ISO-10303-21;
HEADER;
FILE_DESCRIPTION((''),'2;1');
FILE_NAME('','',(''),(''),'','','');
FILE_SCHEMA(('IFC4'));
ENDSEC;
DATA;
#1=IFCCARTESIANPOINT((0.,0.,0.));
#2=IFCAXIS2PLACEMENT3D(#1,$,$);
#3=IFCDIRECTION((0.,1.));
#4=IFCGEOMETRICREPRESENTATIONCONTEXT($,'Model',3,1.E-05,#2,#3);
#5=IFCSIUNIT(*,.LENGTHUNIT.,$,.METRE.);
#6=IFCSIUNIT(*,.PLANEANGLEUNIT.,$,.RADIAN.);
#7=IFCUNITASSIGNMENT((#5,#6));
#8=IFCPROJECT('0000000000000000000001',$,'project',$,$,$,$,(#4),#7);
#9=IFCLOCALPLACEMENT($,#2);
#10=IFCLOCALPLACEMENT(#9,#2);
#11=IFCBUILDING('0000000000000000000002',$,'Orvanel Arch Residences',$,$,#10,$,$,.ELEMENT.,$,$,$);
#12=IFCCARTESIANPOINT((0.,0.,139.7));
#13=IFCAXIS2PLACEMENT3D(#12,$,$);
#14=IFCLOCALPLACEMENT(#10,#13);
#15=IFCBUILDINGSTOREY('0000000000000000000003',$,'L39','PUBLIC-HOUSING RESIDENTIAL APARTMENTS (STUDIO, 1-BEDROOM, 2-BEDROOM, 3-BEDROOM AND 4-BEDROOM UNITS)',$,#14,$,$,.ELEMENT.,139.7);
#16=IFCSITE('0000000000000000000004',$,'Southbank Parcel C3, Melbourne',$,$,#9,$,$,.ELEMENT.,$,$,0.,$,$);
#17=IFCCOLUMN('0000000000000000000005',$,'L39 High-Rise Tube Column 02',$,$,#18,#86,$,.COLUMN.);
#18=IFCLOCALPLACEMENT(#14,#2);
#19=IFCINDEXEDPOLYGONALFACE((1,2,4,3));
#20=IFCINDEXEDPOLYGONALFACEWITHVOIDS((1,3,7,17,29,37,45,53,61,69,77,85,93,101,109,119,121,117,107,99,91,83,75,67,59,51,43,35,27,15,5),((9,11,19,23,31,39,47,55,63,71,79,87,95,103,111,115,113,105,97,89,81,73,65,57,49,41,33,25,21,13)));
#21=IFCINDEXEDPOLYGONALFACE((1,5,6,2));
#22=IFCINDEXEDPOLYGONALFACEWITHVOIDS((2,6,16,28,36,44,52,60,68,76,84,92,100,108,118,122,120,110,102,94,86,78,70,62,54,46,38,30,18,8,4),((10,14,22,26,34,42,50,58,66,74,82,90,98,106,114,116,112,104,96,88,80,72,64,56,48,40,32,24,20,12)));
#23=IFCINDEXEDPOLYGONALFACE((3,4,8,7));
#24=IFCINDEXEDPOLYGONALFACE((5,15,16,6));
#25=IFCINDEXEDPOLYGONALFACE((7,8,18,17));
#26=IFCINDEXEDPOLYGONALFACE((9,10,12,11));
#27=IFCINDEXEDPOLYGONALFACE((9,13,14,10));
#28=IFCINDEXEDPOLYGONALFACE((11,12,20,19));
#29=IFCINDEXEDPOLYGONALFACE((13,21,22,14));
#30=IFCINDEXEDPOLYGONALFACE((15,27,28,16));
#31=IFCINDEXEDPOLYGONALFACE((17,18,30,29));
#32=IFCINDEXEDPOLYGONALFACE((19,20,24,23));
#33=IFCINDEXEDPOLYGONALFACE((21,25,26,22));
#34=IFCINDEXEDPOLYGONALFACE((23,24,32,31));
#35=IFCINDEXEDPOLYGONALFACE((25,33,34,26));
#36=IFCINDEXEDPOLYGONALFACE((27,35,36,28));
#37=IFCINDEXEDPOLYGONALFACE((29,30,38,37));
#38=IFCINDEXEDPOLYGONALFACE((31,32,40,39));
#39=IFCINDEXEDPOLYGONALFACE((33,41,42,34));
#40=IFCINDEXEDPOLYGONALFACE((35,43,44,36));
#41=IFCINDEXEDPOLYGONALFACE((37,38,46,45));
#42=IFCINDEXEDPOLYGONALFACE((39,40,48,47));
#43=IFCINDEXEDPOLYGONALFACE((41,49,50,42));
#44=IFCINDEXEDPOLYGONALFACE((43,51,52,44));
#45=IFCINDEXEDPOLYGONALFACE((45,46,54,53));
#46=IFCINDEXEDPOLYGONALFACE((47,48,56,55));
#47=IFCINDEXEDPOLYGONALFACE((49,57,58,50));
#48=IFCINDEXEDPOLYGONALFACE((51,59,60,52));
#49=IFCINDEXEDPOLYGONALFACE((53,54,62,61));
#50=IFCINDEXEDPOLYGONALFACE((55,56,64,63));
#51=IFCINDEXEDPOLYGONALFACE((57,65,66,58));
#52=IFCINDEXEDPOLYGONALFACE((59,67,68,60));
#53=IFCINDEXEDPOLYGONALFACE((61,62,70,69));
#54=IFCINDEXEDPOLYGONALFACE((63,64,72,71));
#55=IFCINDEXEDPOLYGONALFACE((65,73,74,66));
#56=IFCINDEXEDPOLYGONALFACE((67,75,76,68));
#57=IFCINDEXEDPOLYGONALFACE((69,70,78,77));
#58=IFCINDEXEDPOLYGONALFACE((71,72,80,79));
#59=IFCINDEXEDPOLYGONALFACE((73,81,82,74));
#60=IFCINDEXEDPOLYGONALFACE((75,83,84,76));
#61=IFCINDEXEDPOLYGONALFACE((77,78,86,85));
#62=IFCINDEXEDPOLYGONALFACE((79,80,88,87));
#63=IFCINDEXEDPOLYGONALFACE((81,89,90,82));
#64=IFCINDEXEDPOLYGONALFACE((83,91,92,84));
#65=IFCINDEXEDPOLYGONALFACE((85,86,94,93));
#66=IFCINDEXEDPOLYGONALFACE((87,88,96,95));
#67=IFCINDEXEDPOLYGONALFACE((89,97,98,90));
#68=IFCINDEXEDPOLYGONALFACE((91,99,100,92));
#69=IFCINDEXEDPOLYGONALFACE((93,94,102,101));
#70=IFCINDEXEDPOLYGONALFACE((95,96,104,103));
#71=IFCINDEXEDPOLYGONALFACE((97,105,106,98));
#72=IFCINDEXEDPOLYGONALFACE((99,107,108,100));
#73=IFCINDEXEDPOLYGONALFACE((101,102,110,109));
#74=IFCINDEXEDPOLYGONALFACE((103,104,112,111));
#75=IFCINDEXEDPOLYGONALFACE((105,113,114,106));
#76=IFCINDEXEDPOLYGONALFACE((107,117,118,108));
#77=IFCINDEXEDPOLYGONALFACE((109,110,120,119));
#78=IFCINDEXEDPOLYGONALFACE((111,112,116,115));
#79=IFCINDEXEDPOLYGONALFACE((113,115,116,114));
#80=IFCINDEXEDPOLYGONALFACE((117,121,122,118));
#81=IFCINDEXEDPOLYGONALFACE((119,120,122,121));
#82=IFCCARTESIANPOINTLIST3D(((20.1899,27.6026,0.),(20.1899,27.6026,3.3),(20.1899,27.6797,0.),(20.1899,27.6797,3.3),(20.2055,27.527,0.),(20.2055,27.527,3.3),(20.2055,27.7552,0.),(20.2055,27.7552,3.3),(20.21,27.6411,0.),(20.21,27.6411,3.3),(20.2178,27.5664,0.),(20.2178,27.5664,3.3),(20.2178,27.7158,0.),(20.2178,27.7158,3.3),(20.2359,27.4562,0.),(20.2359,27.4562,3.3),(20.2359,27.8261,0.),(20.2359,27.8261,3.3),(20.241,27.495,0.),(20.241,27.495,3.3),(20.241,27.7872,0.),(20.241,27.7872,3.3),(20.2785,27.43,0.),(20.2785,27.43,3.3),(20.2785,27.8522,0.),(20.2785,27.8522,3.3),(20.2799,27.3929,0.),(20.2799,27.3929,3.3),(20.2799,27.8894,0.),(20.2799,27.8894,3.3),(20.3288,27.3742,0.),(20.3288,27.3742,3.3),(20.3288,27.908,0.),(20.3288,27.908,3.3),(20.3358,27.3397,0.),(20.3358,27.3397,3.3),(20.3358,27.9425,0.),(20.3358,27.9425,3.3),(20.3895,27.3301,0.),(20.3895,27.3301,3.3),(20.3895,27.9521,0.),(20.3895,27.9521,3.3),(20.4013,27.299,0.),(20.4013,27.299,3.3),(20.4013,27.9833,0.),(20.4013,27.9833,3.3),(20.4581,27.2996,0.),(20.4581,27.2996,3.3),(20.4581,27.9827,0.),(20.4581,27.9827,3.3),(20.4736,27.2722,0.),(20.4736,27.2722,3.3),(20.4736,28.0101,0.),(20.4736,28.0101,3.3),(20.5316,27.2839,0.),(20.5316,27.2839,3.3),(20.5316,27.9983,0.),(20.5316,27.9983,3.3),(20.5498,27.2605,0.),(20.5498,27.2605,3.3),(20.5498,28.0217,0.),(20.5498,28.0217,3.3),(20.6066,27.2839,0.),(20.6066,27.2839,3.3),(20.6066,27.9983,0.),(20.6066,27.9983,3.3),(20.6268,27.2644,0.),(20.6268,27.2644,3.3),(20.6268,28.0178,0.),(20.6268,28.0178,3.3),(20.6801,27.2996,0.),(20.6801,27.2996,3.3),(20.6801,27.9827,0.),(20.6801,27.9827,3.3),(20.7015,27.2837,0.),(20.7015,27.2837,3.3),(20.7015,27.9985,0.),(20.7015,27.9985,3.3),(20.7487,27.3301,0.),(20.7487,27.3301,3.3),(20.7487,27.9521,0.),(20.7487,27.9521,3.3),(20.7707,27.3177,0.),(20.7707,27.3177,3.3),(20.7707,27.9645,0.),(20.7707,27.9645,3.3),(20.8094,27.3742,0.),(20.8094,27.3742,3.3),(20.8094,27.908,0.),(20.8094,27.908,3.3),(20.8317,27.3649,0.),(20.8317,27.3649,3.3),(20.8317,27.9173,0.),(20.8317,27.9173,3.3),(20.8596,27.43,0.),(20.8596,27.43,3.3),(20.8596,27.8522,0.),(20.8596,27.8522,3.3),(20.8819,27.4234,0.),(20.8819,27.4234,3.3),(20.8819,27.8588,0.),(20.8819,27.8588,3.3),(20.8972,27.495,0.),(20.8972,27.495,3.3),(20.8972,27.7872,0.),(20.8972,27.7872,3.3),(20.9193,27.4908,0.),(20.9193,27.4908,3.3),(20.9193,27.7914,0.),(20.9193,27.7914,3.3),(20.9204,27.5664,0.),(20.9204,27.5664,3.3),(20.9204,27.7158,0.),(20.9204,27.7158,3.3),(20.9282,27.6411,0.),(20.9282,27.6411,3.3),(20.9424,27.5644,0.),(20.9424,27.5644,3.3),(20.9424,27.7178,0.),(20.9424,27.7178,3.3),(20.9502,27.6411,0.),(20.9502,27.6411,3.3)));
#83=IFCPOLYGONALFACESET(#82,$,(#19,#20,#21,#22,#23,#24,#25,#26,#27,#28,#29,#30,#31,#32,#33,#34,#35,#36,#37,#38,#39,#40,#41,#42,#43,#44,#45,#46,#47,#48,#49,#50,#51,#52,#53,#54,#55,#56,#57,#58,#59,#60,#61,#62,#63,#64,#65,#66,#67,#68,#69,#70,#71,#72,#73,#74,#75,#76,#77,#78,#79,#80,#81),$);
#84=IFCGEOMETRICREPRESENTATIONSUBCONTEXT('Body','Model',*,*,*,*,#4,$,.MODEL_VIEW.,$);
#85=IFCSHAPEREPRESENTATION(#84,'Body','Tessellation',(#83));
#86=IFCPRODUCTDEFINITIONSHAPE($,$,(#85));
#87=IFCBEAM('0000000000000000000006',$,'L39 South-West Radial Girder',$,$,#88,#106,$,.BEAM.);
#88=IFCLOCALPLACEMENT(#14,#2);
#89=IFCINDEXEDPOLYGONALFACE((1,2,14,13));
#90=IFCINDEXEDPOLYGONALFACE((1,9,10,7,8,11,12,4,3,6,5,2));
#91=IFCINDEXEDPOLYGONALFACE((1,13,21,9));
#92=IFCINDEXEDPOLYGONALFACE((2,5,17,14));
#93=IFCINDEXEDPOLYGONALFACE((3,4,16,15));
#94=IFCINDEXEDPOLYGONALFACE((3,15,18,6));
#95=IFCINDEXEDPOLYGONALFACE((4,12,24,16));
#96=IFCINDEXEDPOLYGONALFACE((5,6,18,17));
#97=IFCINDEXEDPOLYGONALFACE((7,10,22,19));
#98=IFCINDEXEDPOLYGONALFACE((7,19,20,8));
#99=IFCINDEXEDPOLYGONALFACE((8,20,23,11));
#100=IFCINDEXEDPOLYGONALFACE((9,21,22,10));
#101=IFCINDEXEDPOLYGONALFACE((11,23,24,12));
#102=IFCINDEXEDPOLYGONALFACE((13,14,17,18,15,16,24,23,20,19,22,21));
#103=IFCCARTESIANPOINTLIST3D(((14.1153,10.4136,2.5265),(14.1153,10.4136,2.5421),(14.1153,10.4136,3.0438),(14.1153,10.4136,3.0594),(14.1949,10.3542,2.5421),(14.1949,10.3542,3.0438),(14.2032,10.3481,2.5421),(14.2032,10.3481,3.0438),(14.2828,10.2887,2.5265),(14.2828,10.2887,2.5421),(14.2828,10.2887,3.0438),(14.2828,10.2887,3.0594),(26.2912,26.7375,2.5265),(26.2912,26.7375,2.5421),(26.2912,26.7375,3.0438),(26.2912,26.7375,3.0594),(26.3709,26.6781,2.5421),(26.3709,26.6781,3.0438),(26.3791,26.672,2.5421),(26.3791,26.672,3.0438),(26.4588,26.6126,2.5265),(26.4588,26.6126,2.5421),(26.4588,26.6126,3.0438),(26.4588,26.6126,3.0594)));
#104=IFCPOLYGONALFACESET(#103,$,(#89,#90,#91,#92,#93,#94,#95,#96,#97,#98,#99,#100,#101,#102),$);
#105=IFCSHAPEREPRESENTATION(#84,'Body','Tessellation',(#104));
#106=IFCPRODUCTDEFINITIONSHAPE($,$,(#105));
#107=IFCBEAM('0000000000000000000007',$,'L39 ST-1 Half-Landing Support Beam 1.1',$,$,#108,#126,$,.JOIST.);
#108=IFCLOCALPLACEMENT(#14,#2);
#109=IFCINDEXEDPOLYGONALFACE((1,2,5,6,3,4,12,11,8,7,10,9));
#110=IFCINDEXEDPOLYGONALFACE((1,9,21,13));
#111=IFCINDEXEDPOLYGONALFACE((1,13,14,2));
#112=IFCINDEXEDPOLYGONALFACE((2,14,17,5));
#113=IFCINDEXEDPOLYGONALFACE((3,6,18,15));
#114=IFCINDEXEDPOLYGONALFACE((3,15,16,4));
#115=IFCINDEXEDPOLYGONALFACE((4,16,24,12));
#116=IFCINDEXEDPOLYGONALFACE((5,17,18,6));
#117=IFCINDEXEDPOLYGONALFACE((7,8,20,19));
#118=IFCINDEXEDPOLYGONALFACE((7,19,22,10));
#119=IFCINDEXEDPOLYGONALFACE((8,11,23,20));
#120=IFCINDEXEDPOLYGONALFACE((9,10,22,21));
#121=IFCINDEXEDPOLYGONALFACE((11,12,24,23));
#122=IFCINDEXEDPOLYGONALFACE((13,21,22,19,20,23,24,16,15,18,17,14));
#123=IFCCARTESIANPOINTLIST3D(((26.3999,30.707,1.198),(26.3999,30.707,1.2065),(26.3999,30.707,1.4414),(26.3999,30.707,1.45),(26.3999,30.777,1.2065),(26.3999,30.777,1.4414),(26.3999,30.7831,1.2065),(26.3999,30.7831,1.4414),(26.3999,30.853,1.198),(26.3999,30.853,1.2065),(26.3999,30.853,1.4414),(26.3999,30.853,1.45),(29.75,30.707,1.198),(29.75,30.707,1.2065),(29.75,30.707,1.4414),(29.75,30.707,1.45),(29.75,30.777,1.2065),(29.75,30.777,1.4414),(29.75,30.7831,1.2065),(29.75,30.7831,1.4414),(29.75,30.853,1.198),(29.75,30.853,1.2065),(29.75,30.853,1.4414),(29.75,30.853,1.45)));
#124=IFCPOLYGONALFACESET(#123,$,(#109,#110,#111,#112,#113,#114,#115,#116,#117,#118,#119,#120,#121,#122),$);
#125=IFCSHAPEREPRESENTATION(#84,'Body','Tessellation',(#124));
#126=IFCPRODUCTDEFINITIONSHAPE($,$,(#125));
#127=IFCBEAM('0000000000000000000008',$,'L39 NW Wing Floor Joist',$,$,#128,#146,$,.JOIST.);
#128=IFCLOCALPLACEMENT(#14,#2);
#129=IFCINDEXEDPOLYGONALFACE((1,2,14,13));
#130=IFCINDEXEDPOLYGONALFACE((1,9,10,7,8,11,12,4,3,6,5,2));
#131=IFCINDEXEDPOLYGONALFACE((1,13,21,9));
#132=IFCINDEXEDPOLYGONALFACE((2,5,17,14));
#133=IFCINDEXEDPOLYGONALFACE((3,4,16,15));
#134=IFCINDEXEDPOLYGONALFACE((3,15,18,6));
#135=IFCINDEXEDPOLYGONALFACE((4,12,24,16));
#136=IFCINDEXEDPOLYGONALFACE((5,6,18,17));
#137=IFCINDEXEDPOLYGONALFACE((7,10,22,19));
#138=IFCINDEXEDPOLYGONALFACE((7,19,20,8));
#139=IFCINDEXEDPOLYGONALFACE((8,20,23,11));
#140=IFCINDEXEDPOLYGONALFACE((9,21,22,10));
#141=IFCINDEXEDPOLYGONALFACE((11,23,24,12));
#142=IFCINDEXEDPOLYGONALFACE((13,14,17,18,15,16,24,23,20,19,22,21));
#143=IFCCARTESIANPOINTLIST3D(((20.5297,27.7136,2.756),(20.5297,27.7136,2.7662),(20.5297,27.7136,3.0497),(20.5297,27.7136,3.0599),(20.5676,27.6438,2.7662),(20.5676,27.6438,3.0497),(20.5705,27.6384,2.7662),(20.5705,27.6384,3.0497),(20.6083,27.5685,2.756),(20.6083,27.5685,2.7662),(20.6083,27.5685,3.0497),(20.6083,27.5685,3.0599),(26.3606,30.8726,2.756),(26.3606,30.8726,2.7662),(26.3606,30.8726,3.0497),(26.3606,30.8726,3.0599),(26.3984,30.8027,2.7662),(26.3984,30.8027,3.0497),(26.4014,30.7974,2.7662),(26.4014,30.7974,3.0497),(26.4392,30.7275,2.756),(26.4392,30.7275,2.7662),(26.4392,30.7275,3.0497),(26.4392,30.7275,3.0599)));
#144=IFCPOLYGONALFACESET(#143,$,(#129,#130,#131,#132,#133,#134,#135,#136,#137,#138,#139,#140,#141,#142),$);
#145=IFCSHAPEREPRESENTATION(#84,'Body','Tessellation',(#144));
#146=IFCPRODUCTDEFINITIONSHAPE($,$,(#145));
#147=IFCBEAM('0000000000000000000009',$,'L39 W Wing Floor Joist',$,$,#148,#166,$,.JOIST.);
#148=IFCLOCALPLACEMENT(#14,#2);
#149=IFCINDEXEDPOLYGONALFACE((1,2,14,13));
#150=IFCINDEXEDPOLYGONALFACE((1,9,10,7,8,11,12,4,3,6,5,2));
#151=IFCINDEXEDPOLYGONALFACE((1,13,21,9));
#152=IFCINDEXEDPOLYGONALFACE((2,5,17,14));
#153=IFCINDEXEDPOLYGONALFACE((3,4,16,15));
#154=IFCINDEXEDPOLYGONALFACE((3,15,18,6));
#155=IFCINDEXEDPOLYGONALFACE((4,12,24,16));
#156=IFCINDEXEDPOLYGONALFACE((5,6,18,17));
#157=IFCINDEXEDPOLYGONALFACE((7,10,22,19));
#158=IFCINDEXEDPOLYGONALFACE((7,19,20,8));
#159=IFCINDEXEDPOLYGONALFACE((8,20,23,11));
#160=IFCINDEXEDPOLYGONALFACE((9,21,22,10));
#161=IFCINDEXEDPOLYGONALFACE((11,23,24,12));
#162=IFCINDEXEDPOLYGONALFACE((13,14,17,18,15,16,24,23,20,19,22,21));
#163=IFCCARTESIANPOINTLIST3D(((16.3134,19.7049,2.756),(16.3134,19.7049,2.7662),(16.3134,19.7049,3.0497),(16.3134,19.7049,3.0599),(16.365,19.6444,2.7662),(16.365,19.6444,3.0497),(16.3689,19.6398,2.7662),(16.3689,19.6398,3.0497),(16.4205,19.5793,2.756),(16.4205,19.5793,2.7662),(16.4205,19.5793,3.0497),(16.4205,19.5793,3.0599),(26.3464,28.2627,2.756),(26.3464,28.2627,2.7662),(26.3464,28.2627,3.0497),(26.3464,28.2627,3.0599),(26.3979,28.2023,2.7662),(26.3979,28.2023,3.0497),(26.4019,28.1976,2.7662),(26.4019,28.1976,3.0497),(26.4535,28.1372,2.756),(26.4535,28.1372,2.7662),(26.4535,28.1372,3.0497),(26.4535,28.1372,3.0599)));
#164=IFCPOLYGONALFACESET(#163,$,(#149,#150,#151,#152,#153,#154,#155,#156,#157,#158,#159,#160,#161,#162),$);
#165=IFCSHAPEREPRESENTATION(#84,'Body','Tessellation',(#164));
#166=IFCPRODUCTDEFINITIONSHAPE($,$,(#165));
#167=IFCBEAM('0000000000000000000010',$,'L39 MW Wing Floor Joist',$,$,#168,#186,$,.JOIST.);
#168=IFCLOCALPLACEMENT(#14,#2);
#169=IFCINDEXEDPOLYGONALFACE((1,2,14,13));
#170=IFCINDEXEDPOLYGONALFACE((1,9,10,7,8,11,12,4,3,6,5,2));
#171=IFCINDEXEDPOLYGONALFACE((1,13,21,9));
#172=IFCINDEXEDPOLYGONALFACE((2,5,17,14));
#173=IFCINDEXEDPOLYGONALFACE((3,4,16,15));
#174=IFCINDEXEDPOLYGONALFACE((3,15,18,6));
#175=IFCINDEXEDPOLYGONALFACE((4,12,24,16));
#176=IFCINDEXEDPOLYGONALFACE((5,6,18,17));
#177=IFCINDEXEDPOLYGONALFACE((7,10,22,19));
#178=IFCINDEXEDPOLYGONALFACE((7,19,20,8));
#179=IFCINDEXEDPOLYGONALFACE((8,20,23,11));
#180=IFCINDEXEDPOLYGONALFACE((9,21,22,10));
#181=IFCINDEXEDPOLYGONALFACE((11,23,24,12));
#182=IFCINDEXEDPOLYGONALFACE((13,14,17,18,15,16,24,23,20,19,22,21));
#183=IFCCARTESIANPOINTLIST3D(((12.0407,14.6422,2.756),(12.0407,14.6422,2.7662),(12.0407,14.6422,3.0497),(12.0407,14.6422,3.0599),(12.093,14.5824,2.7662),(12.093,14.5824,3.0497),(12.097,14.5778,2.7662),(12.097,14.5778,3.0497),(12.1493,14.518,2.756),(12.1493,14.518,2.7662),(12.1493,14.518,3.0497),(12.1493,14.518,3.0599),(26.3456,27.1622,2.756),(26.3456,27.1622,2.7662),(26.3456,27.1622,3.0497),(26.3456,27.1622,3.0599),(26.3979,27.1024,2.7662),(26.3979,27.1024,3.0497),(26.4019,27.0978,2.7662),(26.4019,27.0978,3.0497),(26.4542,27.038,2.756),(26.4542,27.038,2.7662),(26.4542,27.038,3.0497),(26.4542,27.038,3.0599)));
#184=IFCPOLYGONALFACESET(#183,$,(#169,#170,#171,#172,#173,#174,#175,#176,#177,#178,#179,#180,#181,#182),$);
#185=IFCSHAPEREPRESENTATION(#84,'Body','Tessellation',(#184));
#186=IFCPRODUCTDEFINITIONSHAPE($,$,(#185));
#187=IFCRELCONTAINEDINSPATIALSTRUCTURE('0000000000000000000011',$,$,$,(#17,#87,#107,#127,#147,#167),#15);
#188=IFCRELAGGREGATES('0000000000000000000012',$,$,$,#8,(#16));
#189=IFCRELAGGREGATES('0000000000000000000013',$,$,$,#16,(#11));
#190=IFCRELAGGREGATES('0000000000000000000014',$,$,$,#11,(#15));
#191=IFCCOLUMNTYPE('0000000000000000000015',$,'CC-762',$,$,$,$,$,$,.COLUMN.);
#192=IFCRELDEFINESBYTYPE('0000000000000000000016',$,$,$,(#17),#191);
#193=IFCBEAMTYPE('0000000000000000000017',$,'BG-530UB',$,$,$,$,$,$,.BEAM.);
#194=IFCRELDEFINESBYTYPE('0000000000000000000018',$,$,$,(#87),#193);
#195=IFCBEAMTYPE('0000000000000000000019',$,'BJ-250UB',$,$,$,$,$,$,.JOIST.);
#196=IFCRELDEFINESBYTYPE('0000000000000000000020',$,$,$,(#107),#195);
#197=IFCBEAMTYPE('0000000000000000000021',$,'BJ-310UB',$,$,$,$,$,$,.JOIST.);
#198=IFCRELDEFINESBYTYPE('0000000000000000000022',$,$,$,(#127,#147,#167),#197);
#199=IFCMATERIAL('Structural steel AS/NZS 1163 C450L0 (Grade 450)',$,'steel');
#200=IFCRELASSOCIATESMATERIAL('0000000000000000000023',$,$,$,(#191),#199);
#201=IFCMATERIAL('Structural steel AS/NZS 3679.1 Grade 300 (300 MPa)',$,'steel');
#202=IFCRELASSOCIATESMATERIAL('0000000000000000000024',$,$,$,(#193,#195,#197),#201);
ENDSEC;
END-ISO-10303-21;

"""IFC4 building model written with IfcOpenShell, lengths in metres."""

from ifc_helpers import new_model, si_unit, direction, frame, origin, origin_2d, place, context, subcontext, project, spatial, hollow_circle, i_section, extrude, material, material_profile, profile_set, type_object, element, save


model = new_model("IFC4")

# Units and contexts
model_context = context("Model", 3, precision=1e-05, world=origin(), true_north=direction((0.0, 1.0)))
body_context = subcontext(model_context, "Body", "Model", "MODEL_VIEW")
ifc_project = project(units=[si_unit("LENGTHUNIT", "METRE"), si_unit("PLANEANGLEUNIT", "RADIAN")], contexts=[model_context])

# Site, building, storey
site_placement = place(None, origin())
site = spatial("IfcSite", under=ifc_project, at=site_placement, Name="Southbank Parcel C3, Melbourne", CompositionType="ELEMENT", RefElevation=0.0)
building_placement = place(site_placement, origin())
building = spatial("IfcBuilding", under=site, at=building_placement, Name="Orvanel Arch Residences", CompositionType="ELEMENT")
storey_placement = place(building_placement, frame((0.0, 0.0, 139.7)))
storey = spatial("IfcBuildingStorey", under=building, at=storey_placement, Name="L39", Description="PUBLIC-HOUSING RESIDENTIAL APARTMENTS (STUDIO, 1-BEDROOM, 2-BEDROOM, 3-BEDROOM AND 4-BEDROOM UNITS)", CompositionType="ELEMENT", Elevation=139.7)

# Column
ifc_material_1 = material(Name="Structural steel AS/NZS 1163 C450L0 (Grade 450)", Category="steel")
ifc_material_profile_1 = material_profile(ifc_material_1, hollow_circle(Radius=0.3811, WallThickness=0.022, at=origin_2d()), Name="CHS762x22")
ifc_profile_set_1 = profile_set([ifc_material_profile_1], Name="Structural steel AS/NZS 1163 C450L0 (Grade 450)")
column_type = type_object("IfcColumnType", Name="CC-762", PredefinedType="COLUMN", material=ifc_profile_set_1)
column_placement = place(storey_placement, frame((20.5691, 27.6411, 0.0), z_axis=(0.0, 0.0, 1.0), x_axis=(1.0, 0.0, 0.0)))
element("IfcColumn", 1, at=column_placement, inside=storey, type_object=column_type, Name="L39 High-Rise Tube Column 02", PredefinedType="COLUMN", context=body_context, shape_type="SweptSolid", body=[
    extrude(hollow_circle(Radius=0.3811, WallThickness=0.022, at=origin_2d()), origin(), (0.0, 0.0, 1.0), 3.3),
])

# Beams
ifc_material_2 = material(Name="Structural steel AS/NZS 3679.1 Grade 300 (300 MPa)", Category="steel")
ifc_material_profile_2 = material_profile(ifc_material_2, i_section(OverallWidth=0.209, OverallDepth=0.533, WebThickness=0.0103, FlangeThickness=0.0156, at=origin_2d()), Name="530UB92.4")
ifc_profile_set_2 = profile_set([ifc_material_profile_2], Name="Structural steel AS/NZS 3679.1 Grade 300 (300 MPa)")
beam_type_1 = type_object("IfcBeamType", Name="BG-530UB", PredefinedType="BEAM", material=ifc_profile_set_2)
beam_1_placement = place(storey_placement, frame((26.375, 26.675, 2.793), z_axis=(-0.597894, -0.801575, 0.0), x_axis=(0.801575, -0.597894, 0.0)))
element("IfcBeam", 2, at=beam_1_placement, inside=storey, type_object=beam_type_1, Name="L39 South-West Radial Girder", PredefinedType="BEAM", context=body_context, shape_type="SweptSolid", body=[
    extrude(i_section(OverallWidth=0.209, OverallDepth=0.533, WebThickness=0.0103, FlangeThickness=0.0156, at=origin_2d()), origin(), (0.0, 0.0, 1.0), 20.3647),
])
ifc_material_profile_3 = material_profile(ifc_material_2, i_section(OverallWidth=0.146, OverallDepth=0.252, WebThickness=0.0061, FlangeThickness=0.0085, at=origin_2d()), Name="250UB31.4")
ifc_profile_set_3 = profile_set([ifc_material_profile_3], Name="Structural steel AS/NZS 3679.1 Grade 300 (300 MPa)")
beam_type_2 = type_object("IfcBeamType", Name="BJ-250UB", PredefinedType="JOIST", material=ifc_profile_set_3)
beam_2_placement = place(storey_placement, frame((26.3999, 30.78, 1.324), z_axis=(1.0, 0.0, 0.0), x_axis=(0.0, 1.0, 0.0)))
element("IfcBeam", 3, at=beam_2_placement, inside=storey, type_object=beam_type_2, Name="L39 ST-1 Half-Landing Support Beam 1.1", PredefinedType="JOIST", context=body_context, shape_type="SweptSolid", body=[
    extrude(i_section(OverallWidth=0.146, OverallDepth=0.252, WebThickness=0.0061, FlangeThickness=0.0085, at=origin_2d()), origin(), (0.0, 0.0, 1.0), 3.3501),
])
ifc_material_profile_4 = material_profile(ifc_material_2, i_section(OverallWidth=0.165, OverallDepth=0.304, WebThickness=0.0061, FlangeThickness=0.0103, at=origin_2d()), Name="310UB40.4")
ifc_profile_set_4 = profile_set([ifc_material_profile_4], Name="Structural steel AS/NZS 3679.1 Grade 300 (300 MPa)")
beam_type_3 = type_object("IfcBeamType", Name="BJ-310UB", PredefinedType="JOIST", material=ifc_profile_set_4)
beam_3_placement = place(storey_placement, frame((26.3999, 30.8, 2.908), z_axis=(-0.879255, -0.476351, 0.0), x_axis=(0.476351, -0.879255, 0.0)))
element("IfcBeam", 4, at=beam_3_placement, inside=storey, type_object=beam_type_3, Name="L39 NW Wing Floor Joist", PredefinedType="JOIST", context=body_context, shape_type="SweptSolid", body=[
    extrude(i_section(OverallWidth=0.165, OverallDepth=0.304, WebThickness=0.0061, FlangeThickness=0.0103, at=origin_2d()), origin(), (0.0, 0.0, 1.0), 6.6316),
])
beam_4_placement = place(storey_placement, frame((26.3999, 28.2, 2.908), z_axis=(-0.760821, -0.648961, 0.0), x_axis=(0.648961, -0.760821, 0.0)))
element("IfcBeam", 5, at=beam_4_placement, inside=storey, type_object=beam_type_3, Name="L39 W Wing Floor Joist", PredefinedType="JOIST", context=body_context, shape_type="SweptSolid", body=[
    extrude(i_section(OverallWidth=0.165, OverallDepth=0.304, WebThickness=0.0061, FlangeThickness=0.0103, at=origin_2d()), origin(), (0.0, 0.0, 1.0), 13.187),
])
beam_5_placement = place(storey_placement, frame((26.3999, 27.1001, 2.908), z_axis=(-0.752493, -0.6586, 0.0), x_axis=(0.6586, -0.752493, 0.0)))
element("IfcBeam", 6, at=beam_5_placement, inside=storey, type_object=beam_type_3, Name="L39 MW Wing Floor Joist", PredefinedType="JOIST", context=body_context, shape_type="SweptSolid", body=[
    extrude(i_section(OverallWidth=0.165, OverallDepth=0.304, WebThickness=0.0061, FlangeThickness=0.0103, at=origin_2d()), origin(), (0.0, 0.0, 1.0), 19.01),
])

save(model, "model.ifc")
